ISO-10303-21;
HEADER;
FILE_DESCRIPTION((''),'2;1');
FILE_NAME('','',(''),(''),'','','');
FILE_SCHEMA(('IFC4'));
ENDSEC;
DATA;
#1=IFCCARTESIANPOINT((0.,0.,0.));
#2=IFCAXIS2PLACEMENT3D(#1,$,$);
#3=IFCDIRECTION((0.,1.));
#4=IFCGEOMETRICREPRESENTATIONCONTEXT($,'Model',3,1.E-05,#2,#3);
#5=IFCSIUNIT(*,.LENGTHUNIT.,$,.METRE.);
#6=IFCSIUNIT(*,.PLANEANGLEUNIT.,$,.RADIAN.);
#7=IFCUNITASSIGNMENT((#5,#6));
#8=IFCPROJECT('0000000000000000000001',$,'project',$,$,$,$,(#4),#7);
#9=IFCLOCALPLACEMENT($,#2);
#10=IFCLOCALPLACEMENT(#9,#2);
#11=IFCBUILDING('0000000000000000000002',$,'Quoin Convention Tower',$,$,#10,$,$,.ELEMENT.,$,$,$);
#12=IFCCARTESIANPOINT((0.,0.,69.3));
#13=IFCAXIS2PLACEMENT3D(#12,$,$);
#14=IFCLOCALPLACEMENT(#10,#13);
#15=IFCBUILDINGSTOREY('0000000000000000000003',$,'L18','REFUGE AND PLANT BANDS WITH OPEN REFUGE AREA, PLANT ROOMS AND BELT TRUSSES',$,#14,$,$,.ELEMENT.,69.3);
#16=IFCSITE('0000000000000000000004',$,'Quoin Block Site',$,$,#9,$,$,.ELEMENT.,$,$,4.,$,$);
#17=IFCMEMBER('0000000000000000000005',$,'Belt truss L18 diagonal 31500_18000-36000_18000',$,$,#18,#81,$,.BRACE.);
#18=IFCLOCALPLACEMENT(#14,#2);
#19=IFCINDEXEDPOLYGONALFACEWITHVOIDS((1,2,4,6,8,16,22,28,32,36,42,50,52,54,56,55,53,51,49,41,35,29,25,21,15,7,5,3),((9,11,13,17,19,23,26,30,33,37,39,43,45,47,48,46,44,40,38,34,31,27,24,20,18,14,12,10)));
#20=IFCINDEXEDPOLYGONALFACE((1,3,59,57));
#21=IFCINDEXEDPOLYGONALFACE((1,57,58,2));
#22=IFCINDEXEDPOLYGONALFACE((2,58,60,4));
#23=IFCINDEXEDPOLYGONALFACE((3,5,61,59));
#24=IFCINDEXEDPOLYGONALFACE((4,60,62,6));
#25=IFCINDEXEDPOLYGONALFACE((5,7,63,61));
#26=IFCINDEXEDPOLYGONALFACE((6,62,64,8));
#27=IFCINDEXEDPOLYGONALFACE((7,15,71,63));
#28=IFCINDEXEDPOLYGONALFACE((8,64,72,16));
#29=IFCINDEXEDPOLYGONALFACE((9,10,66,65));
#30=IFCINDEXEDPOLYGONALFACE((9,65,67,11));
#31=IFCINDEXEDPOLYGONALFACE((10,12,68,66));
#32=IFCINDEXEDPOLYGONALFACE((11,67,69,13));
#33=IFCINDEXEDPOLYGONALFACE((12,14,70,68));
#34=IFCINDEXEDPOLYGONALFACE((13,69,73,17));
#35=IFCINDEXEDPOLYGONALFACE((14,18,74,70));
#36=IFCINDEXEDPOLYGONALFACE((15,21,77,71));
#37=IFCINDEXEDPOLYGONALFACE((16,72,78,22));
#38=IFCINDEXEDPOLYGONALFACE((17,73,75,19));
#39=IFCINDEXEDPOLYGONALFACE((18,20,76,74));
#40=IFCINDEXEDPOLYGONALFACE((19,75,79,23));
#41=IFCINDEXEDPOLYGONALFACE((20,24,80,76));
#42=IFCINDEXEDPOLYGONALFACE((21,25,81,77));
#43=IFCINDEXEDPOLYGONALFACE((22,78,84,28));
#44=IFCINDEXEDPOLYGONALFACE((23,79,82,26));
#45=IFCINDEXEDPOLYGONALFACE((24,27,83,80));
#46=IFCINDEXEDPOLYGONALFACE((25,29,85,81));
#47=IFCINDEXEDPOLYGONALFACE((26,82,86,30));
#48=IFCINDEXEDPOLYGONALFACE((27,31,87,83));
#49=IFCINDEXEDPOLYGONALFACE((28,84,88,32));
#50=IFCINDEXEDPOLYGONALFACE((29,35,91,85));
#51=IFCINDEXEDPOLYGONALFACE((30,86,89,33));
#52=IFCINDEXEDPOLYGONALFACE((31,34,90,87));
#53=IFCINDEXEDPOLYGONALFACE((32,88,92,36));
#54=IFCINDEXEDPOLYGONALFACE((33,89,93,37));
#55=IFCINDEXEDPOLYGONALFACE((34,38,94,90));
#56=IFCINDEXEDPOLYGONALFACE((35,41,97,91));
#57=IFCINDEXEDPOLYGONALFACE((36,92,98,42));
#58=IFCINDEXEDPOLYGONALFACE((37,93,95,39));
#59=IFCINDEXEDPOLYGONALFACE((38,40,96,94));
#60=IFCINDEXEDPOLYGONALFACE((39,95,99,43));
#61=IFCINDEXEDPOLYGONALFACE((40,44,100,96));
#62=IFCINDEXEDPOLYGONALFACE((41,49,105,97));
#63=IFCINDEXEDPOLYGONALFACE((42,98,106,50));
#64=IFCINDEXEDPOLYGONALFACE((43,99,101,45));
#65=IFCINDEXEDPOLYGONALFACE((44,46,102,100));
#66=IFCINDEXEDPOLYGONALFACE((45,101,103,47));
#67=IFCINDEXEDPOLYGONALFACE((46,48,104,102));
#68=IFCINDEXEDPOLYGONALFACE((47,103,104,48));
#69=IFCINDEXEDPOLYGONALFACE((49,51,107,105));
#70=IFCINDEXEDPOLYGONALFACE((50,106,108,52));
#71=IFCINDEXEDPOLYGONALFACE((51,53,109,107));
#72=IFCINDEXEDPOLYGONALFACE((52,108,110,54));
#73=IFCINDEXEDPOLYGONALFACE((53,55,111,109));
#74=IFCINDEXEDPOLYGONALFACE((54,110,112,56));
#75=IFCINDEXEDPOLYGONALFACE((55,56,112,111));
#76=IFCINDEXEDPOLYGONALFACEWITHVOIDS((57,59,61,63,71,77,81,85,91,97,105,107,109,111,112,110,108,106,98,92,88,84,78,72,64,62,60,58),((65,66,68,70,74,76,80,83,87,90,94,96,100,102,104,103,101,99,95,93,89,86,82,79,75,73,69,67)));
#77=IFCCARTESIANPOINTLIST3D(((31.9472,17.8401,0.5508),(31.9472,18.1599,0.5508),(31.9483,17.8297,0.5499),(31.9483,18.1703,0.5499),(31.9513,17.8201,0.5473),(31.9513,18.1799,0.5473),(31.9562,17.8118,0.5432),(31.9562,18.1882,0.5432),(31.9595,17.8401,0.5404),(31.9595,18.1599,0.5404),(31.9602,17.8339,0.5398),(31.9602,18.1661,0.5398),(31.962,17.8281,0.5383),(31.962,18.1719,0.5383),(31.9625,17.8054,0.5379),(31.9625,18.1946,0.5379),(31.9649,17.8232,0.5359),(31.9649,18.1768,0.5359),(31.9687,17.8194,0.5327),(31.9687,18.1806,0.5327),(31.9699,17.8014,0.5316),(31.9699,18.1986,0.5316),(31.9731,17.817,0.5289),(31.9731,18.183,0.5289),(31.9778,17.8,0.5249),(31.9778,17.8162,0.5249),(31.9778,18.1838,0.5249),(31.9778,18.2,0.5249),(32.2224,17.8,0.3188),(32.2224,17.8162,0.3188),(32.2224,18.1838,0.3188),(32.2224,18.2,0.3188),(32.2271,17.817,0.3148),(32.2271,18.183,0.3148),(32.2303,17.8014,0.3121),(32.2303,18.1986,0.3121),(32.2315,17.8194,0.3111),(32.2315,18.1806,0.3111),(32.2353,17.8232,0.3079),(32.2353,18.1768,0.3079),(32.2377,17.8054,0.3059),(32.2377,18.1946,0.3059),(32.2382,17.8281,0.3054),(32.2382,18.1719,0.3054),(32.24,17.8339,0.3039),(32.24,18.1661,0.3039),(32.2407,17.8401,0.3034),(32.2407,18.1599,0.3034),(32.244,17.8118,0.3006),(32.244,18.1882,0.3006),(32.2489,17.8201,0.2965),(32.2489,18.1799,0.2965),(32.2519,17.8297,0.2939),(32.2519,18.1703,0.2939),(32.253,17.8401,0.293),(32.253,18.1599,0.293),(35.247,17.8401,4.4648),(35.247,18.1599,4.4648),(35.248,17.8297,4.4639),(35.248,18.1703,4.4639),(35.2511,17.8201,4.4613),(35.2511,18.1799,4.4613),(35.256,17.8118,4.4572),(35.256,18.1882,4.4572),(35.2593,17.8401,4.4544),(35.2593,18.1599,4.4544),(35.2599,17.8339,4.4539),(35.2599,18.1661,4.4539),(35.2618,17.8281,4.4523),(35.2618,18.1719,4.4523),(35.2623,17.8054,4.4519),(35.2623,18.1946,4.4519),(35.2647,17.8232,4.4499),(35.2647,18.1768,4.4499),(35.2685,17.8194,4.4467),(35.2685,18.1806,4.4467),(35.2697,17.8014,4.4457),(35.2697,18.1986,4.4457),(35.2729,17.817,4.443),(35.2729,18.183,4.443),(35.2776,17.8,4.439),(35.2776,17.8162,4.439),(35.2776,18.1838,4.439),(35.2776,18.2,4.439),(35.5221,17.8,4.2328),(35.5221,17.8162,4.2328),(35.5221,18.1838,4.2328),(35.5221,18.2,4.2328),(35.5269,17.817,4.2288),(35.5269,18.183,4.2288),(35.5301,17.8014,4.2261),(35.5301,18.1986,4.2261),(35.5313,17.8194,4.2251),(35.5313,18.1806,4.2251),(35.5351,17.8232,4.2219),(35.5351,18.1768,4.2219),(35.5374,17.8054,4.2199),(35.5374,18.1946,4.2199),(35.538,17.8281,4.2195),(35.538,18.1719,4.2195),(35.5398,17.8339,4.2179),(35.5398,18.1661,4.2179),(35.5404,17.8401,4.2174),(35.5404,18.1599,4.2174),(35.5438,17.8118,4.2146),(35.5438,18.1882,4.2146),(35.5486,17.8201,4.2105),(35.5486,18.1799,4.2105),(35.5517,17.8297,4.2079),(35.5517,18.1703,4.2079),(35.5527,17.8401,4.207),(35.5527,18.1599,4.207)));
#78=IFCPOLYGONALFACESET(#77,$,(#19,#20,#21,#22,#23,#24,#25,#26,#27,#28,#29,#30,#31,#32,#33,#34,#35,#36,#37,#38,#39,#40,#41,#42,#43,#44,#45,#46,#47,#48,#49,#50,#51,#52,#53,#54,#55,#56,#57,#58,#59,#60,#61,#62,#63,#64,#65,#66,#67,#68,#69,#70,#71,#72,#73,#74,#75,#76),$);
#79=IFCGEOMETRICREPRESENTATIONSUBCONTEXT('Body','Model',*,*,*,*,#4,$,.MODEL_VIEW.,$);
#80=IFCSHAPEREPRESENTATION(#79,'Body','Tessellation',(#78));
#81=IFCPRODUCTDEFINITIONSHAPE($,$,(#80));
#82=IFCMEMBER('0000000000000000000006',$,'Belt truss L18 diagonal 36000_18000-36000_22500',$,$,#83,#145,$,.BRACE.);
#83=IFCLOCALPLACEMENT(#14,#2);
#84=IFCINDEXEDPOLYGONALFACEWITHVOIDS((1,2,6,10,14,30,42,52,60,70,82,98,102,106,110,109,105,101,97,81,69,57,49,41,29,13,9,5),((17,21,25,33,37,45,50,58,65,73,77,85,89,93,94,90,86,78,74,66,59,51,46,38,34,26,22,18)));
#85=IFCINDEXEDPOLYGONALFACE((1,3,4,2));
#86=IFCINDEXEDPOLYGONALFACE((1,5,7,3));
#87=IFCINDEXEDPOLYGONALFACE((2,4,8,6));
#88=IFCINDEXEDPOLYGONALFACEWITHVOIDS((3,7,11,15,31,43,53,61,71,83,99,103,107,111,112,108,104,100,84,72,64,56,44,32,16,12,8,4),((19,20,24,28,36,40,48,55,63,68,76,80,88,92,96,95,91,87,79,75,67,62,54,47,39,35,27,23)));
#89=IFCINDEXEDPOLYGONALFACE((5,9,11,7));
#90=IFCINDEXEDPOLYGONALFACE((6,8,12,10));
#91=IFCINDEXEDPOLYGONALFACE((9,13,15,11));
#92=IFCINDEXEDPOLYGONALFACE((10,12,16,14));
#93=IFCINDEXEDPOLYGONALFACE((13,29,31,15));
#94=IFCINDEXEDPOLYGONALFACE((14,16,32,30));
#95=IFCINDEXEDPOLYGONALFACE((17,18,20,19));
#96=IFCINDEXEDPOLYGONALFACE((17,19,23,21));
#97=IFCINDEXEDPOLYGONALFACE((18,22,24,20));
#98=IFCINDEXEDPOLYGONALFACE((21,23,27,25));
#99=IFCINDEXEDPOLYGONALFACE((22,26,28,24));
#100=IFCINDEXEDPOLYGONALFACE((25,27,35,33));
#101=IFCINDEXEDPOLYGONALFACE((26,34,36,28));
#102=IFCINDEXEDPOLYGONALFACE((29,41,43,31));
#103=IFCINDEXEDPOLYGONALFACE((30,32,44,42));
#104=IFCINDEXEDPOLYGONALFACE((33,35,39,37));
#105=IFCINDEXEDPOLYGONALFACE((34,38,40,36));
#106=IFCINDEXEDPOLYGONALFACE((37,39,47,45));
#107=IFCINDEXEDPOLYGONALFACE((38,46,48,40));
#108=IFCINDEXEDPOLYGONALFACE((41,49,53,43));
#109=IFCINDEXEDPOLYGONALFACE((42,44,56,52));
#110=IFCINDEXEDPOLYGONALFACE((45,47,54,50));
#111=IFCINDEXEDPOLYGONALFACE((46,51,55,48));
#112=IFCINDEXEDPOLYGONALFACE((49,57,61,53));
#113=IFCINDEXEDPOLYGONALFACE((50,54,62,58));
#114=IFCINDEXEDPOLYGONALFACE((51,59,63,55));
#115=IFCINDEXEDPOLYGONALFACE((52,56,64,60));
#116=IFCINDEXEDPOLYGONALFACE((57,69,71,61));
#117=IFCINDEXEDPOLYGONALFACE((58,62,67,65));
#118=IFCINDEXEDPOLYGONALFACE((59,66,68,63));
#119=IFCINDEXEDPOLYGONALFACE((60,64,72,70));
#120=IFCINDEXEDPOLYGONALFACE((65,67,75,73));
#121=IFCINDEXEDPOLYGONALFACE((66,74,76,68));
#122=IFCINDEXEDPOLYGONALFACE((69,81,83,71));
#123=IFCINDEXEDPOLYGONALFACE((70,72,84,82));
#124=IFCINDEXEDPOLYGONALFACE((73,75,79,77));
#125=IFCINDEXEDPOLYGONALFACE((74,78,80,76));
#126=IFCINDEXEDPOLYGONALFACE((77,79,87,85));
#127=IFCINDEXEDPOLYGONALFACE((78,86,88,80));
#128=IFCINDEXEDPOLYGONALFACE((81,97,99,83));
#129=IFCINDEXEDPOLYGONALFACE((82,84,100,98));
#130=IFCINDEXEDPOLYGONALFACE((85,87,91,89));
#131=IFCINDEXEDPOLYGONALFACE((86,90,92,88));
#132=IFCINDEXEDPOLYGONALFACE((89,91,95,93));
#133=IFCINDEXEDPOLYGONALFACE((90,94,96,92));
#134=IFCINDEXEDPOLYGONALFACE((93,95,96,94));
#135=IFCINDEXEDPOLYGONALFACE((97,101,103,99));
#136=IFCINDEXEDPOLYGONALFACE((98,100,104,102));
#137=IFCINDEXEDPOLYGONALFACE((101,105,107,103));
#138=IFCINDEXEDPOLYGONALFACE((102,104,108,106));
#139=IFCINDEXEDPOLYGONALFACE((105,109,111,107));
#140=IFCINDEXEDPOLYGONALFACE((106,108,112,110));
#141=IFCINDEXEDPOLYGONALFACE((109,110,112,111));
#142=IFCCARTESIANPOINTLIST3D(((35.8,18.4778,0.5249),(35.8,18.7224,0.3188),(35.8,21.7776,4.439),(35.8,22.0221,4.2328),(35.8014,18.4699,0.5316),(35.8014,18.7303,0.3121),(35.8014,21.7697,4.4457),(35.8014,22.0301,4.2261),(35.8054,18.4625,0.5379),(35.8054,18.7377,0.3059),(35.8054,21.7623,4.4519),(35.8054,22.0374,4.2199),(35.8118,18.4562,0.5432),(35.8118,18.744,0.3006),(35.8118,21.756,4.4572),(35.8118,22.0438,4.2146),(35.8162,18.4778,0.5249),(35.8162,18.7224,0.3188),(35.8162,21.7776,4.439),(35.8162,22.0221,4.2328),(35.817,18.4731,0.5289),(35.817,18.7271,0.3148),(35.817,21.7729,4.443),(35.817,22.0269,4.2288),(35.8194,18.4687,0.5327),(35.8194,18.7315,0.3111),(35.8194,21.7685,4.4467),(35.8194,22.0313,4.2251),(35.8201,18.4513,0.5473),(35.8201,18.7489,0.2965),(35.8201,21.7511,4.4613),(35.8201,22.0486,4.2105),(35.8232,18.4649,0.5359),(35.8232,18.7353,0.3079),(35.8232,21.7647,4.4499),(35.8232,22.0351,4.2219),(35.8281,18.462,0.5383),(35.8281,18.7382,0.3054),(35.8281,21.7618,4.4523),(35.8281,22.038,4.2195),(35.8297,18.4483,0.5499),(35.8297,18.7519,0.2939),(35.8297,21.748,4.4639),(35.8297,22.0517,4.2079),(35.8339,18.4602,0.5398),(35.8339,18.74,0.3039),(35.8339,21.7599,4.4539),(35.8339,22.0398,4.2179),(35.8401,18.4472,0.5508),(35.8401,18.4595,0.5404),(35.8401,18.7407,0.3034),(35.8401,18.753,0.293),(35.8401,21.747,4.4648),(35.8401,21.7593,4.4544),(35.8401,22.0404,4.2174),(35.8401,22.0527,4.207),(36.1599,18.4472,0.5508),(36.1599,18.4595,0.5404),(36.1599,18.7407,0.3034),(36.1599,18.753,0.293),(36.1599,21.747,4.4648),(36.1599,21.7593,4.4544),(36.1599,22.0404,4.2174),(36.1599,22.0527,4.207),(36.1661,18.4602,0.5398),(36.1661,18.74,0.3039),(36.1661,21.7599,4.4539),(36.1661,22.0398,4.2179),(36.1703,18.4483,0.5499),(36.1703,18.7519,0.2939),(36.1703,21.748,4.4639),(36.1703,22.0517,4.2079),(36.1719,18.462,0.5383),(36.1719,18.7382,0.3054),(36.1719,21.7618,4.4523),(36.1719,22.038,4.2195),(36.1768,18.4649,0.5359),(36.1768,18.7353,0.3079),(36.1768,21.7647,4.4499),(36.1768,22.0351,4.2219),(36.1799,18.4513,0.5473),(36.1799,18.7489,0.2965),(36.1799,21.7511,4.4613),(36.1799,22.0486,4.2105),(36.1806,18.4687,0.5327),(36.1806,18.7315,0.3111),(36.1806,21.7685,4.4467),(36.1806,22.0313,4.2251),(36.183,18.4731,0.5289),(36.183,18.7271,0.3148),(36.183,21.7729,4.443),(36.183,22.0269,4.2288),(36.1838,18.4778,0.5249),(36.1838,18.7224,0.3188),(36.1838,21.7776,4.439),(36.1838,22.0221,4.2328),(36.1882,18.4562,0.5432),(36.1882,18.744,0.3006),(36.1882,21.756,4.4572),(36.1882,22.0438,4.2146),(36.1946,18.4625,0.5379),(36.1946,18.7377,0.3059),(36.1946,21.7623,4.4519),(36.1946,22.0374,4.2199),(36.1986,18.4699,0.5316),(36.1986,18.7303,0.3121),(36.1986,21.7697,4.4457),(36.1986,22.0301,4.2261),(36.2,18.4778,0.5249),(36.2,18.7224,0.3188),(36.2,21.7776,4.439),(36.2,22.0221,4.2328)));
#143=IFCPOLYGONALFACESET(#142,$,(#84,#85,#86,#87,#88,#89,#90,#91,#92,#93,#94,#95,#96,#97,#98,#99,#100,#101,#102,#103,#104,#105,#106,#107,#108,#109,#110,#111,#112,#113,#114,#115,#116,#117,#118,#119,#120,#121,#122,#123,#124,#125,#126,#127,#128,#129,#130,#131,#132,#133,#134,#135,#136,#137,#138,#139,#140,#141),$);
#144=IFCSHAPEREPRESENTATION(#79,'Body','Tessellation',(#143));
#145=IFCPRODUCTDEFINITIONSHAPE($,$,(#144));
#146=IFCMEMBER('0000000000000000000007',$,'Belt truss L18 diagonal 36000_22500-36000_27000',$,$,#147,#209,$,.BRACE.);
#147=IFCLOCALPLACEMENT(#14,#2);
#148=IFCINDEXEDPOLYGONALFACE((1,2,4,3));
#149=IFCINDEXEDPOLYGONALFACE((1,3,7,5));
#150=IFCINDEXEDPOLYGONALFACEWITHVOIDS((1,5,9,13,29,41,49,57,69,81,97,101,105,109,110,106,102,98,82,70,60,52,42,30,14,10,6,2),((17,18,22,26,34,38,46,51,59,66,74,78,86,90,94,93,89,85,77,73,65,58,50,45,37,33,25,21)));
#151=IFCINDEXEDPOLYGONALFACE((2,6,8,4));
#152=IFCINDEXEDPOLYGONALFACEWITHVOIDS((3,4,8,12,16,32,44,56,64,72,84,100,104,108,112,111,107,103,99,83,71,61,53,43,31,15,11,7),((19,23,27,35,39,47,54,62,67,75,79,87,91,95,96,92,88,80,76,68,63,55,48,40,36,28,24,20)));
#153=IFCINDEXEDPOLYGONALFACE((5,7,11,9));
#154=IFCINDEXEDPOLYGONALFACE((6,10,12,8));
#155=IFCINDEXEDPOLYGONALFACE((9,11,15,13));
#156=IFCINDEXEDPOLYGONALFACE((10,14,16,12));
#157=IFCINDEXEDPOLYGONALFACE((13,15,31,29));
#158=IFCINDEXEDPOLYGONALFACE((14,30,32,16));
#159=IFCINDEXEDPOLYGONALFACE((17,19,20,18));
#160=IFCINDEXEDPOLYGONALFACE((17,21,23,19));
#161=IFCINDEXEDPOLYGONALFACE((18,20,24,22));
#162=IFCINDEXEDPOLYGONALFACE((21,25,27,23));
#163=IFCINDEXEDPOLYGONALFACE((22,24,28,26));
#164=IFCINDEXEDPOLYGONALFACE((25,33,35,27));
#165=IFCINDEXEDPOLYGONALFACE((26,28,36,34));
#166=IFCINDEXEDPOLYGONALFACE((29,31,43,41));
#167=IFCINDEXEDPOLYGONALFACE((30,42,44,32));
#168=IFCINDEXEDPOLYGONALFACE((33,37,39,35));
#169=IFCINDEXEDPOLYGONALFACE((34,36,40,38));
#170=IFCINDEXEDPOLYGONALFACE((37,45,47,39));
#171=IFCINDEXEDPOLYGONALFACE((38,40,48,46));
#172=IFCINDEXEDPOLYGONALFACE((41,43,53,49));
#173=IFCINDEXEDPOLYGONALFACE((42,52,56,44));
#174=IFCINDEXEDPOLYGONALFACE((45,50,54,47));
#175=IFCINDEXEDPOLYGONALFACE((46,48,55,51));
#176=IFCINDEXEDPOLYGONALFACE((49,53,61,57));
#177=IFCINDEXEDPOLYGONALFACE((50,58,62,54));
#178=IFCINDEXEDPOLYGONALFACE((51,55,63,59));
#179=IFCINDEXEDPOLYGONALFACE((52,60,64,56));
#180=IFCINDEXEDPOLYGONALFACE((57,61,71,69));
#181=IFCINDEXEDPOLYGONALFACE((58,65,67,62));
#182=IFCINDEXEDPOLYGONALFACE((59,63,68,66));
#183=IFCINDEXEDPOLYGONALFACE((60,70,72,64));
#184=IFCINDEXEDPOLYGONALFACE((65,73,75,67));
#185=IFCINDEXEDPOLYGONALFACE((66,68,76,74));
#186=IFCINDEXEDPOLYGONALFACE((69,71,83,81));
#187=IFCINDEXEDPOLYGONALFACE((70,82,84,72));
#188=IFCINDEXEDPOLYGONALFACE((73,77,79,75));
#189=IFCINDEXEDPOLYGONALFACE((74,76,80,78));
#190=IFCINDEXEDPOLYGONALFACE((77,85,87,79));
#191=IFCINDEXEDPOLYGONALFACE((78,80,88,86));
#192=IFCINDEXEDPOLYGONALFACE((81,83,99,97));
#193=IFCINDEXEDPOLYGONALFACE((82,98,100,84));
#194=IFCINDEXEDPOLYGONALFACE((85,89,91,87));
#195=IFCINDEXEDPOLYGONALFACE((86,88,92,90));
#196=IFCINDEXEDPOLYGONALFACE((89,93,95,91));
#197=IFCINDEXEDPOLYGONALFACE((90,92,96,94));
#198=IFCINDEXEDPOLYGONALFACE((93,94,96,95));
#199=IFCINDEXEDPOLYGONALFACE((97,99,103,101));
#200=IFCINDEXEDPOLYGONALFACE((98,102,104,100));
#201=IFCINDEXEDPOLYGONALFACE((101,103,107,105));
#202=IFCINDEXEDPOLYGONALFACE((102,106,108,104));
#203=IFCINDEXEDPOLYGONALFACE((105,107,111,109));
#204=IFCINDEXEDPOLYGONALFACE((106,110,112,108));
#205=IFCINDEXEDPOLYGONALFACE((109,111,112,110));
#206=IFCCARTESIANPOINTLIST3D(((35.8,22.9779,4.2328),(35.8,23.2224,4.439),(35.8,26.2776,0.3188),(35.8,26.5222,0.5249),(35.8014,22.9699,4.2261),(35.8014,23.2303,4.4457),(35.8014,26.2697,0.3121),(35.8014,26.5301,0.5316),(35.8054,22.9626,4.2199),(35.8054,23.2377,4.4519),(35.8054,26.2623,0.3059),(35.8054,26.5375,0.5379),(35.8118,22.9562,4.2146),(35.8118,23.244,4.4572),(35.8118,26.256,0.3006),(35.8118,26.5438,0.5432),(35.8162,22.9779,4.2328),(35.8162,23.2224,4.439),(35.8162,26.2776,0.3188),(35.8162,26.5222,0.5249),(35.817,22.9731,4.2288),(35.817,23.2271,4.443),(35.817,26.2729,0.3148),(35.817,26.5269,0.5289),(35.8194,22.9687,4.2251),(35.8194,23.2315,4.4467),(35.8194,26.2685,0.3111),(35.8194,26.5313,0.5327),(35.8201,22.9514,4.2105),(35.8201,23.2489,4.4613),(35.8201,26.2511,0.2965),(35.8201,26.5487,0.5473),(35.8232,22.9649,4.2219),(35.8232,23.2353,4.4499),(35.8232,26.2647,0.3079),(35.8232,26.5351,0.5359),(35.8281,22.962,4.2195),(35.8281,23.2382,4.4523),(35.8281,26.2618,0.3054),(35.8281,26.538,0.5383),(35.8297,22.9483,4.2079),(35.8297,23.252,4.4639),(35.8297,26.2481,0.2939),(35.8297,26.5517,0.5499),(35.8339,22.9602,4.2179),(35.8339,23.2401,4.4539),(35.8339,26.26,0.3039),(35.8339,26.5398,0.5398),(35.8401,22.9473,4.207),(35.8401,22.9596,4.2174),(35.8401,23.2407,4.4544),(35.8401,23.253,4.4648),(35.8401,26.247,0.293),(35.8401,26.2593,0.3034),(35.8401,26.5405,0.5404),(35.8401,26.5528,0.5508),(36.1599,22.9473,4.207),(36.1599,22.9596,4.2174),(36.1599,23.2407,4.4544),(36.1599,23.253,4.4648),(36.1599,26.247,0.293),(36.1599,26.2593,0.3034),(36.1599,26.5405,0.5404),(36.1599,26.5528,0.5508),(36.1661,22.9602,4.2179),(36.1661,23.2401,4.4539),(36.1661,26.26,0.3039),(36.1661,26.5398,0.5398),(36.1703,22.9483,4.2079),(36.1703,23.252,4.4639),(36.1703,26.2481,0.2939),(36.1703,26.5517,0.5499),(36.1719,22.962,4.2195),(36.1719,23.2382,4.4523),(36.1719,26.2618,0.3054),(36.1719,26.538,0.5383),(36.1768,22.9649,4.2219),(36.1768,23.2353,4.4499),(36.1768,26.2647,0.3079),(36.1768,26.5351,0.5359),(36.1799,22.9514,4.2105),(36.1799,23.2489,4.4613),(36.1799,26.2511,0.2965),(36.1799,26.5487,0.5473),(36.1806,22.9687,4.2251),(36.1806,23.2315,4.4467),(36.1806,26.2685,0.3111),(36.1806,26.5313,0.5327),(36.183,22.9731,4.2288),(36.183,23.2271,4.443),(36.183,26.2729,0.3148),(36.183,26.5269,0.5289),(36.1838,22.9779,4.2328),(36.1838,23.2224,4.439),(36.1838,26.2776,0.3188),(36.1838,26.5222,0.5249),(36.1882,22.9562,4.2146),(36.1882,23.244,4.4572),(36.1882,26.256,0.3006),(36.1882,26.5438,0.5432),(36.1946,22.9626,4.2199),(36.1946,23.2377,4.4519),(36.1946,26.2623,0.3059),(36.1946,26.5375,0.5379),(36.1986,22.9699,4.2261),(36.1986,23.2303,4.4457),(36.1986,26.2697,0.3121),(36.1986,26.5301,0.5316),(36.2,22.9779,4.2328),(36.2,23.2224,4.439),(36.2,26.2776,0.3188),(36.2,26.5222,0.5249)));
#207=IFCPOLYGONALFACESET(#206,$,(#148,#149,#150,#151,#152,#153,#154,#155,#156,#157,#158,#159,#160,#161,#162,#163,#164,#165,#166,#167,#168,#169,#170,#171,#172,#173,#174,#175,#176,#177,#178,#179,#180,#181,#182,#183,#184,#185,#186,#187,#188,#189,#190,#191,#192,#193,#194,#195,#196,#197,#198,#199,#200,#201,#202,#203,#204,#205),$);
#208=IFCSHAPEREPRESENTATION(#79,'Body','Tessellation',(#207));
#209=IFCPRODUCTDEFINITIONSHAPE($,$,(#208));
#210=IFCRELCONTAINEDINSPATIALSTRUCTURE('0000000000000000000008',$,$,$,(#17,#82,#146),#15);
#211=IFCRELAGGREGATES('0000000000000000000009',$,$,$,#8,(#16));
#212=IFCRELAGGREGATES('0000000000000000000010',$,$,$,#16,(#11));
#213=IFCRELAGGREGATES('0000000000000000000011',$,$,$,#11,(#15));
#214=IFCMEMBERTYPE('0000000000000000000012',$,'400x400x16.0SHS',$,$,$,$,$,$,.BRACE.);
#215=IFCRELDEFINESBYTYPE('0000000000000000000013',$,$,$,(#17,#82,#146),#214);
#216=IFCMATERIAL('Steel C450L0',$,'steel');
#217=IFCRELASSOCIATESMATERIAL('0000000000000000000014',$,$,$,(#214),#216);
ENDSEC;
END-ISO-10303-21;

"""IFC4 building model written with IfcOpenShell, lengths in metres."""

from ifc_helpers import new_model, si_unit, direction, frame, origin, origin_2d, place, context, subcontext, project, spatial, hollow_rectangle, extrude, material, material_profile, profile_set, type_object, element, save


model = new_model("IFC4")

# Units and contexts
model_context = context("Model", 3, precision=1e-05, world=origin(), true_north=direction((0.0, 1.0)))
body_context = subcontext(model_context, "Body", "Model", "MODEL_VIEW")
ifc_project = project(units=[si_unit("LENGTHUNIT", "METRE"), si_unit("PLANEANGLEUNIT", "RADIAN")], contexts=[model_context])

# Site, building, storey
site_placement = place(None, origin())
site = spatial("IfcSite", under=ifc_project, at=site_placement, Name="Quoin Block Site", CompositionType="ELEMENT", RefElevation=4.0)
building_placement = place(site_placement, origin())
building = spatial("IfcBuilding", under=site, at=building_placement, Name="Quoin Convention Tower", CompositionType="ELEMENT")
storey_placement = place(building_placement, frame((0.0, 0.0, 69.3)))
storey = spatial("IfcBuildingStorey", under=building, at=storey_placement, Name="L18", Description="REFUGE AND PLANT BANDS WITH OPEN REFUGE AREA, PLANT ROOMS AND BELT TRUSSES", CompositionType="ELEMENT", Elevation=69.3)

# Members
ifc_material_1 = material(Name="Steel C450L0", Category="steel")
ifc_material_profile_1 = material_profile(ifc_material_1, hollow_rectangle(XDim=0.3999, YDim=0.3999, WallThickness=0.0161, InnerFilletRadius=0.0239, OuterFilletRadius=0.04, at=origin_2d()), Name="400x400x16.0SHS")
ifc_profile_set_1 = profile_set([ifc_material_profile_1], Name="Steel C450L0")
member_type_1 = type_object("IfcMemberType", Name="400x400x16.0SHS", PredefinedType="BRACE", material=ifc_profile_set_1)
for number, where, z_axis, x_axis, name in (
    (1, (32.1001, 18.0, 0.4219), (0.644564, 0.0, 0.76455), (0.0, 1.0, 0.0), "Belt truss L18 diagonal 31500_18000-36000_18000"),
    (2, (36.0, 18.6001, 0.4219), (0.0, 0.644564, 0.76455), (-1.0, 0.0, 0.0), "Belt truss L18 diagonal 36000_18000-36000_22500"),
    (3, (36.0, 26.3999, 0.4219), (0.0, -0.644564, 0.76455), (1.0, 0.0, 0.0), "Belt truss L18 diagonal 36000_22500-36000_27000"),
):
    element("IfcMember", number, at=place(storey_placement, frame(where, z_axis=z_axis, x_axis=x_axis)), inside=storey, type_object=member_type_1, Name=name, PredefinedType="BRACE", context=body_context, shape_type="SweptSolid", body=[
        extrude(hollow_rectangle(XDim=0.3999, YDim=0.3999, WallThickness=0.0161, InnerFilletRadius=0.0239, OuterFilletRadius=0.04, at=origin_2d()), origin(), (0.0, 0.0, 1.0), 5.1194),
    ])

save(model, "model.ifc")
